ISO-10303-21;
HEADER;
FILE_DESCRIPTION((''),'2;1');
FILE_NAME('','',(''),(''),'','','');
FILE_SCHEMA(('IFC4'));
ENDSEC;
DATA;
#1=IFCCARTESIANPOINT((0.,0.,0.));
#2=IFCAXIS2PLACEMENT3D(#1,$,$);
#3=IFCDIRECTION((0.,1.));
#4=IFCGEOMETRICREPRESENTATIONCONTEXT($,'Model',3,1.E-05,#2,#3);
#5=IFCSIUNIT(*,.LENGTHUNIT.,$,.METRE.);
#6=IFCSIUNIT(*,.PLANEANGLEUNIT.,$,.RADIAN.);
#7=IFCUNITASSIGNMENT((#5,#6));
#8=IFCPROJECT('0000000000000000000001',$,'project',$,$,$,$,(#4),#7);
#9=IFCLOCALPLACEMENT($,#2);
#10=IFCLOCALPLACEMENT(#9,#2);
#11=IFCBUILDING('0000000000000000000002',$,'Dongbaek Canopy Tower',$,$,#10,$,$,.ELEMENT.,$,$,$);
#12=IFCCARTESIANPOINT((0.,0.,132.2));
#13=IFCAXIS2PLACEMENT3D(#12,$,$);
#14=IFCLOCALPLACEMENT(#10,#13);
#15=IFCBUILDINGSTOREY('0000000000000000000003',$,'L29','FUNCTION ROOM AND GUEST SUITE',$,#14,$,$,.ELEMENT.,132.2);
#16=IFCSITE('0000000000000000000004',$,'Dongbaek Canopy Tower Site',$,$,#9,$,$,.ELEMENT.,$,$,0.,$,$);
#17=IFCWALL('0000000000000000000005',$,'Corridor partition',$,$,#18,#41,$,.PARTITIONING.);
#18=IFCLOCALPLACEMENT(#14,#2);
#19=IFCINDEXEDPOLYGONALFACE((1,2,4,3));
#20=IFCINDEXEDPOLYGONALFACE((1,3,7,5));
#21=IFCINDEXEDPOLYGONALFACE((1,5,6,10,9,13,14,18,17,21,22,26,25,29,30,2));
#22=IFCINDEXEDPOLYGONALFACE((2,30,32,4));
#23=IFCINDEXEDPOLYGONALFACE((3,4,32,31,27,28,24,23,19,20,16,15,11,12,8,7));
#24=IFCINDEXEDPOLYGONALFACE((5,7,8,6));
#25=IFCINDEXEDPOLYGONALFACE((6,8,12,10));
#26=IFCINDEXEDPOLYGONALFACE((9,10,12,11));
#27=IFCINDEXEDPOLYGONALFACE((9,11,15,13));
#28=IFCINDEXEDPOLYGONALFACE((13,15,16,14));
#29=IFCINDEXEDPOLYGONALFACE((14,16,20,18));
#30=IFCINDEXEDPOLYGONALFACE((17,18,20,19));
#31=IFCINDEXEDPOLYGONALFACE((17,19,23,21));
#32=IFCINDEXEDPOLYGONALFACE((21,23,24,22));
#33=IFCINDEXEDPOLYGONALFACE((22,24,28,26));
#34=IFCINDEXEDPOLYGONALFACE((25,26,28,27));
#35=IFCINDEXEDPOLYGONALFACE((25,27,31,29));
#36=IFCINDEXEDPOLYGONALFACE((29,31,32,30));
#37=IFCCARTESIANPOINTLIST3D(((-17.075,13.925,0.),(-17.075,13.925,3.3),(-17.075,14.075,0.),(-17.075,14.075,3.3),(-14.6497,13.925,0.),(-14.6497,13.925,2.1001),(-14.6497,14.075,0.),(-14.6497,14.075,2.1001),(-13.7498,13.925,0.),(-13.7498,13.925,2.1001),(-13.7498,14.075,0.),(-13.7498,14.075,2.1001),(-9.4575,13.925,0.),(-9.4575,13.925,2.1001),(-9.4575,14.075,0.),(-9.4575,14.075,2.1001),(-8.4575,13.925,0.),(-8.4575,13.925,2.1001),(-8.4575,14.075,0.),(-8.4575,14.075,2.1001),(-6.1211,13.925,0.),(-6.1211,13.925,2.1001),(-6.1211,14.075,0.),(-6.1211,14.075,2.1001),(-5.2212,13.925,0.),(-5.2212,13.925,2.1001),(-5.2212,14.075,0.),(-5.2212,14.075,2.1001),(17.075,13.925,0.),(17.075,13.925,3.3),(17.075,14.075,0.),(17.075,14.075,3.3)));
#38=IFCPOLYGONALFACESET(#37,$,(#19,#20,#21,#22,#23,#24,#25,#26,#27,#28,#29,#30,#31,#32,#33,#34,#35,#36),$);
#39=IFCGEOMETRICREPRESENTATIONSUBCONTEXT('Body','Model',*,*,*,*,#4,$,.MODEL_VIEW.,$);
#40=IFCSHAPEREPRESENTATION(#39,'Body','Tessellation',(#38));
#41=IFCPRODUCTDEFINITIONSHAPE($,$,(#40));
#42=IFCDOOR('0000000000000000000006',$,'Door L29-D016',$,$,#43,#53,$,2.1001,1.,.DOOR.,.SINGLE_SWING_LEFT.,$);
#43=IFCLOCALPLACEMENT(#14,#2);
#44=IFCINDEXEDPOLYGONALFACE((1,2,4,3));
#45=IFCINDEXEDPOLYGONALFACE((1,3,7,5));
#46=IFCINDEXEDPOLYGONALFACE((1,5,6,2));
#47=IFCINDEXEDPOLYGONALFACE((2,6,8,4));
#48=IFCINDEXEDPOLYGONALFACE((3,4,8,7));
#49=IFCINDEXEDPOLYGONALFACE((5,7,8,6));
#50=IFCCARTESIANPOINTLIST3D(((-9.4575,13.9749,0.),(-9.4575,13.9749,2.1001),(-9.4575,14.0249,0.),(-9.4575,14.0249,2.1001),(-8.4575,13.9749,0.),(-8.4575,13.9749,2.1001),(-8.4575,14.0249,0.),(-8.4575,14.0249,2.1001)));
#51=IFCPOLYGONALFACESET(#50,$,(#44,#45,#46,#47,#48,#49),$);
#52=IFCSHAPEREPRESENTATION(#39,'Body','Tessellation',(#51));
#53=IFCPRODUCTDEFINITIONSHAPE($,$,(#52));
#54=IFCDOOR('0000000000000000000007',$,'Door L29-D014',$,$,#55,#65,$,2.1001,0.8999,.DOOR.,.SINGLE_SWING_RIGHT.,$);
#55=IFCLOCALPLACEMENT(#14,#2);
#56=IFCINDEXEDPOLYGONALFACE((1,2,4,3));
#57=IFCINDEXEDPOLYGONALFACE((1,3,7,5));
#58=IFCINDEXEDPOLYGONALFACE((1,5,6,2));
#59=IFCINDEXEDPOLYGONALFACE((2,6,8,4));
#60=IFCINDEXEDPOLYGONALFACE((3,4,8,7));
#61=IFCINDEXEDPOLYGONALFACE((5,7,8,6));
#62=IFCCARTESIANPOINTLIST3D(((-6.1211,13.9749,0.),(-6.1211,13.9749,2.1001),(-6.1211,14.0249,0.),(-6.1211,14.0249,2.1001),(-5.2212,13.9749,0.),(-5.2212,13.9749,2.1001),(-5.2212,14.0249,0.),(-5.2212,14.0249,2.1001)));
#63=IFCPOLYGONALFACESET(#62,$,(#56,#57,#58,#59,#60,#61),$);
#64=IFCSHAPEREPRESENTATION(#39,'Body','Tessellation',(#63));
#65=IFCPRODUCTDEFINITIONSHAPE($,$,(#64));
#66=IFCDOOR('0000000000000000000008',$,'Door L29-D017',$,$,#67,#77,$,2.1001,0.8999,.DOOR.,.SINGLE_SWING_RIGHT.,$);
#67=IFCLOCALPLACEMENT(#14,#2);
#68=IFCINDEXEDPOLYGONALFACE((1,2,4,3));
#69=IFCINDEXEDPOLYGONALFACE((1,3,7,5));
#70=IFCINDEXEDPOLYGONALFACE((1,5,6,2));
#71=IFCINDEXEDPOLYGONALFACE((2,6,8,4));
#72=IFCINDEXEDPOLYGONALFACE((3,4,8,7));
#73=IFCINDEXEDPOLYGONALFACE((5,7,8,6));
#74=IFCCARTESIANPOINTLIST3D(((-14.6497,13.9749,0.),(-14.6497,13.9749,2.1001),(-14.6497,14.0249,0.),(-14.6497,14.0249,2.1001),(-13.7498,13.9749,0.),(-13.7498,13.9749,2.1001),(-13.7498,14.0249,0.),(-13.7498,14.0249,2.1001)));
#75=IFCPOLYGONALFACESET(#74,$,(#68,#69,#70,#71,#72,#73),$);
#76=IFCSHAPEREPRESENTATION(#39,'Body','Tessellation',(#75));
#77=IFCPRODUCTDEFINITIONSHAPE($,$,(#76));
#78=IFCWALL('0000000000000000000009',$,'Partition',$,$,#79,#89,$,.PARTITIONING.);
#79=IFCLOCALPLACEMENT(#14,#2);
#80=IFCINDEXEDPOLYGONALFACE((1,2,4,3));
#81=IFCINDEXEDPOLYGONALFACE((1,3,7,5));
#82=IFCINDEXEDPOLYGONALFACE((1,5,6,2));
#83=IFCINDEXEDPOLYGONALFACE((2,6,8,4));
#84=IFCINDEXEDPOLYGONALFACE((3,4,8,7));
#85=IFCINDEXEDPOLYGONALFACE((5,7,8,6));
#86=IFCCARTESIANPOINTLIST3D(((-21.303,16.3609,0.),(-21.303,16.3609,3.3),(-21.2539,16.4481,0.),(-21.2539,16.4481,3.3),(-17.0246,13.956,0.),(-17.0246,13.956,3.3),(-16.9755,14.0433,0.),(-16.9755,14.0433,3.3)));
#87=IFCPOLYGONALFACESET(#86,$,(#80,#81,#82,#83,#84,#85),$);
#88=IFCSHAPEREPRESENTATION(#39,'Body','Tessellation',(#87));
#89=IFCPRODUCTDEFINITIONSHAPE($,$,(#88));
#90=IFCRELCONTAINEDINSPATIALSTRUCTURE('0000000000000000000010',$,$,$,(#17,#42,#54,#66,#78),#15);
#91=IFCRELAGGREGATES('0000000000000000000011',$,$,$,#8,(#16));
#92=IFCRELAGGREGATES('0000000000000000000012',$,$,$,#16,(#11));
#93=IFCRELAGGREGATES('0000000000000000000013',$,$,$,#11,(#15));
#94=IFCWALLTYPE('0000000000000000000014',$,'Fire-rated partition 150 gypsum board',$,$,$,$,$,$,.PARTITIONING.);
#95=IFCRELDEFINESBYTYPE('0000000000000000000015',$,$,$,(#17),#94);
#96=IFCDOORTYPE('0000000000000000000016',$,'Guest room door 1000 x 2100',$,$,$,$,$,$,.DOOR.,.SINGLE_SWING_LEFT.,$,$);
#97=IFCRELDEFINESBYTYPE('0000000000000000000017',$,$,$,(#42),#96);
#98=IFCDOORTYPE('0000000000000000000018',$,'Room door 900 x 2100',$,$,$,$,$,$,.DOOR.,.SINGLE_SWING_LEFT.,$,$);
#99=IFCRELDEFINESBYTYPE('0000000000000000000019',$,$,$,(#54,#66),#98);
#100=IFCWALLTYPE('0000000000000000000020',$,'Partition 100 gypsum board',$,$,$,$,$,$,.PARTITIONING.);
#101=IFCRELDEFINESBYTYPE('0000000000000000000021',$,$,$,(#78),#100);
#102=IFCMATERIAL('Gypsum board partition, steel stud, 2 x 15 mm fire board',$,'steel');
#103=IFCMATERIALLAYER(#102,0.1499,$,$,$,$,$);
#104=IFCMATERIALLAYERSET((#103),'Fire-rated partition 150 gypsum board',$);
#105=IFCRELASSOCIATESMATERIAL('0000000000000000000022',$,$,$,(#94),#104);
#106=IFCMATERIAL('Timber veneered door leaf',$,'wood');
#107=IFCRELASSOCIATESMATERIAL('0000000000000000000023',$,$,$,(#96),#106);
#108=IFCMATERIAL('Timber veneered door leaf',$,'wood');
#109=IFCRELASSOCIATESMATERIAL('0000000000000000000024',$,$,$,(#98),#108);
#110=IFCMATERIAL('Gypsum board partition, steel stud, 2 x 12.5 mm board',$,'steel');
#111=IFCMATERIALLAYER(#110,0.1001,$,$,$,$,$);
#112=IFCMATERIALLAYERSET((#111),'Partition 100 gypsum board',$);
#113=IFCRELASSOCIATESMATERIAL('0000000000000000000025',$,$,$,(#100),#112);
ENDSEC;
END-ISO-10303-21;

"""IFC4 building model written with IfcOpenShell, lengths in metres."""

from ifc_helpers import new_model, si_unit, direction, frame, frame_2d, origin, place, context, subcontext, project, spatial, rectangle, extrude, material, layer, layer_set, type_object, element, fill, save


model = new_model("IFC4")

# Units and contexts
model_context = context("Model", 3, precision=1e-05, world=origin(), true_north=direction((0.0, 1.0)))
body_context = subcontext(model_context, "Body", "Model", "MODEL_VIEW")
ifc_project = project(units=[si_unit("LENGTHUNIT", "METRE"), si_unit("PLANEANGLEUNIT", "RADIAN")], contexts=[model_context])

# Site, building, storey
site_placement = place(None, origin())
site = spatial("IfcSite", under=ifc_project, at=site_placement, Name="Dongbaek Canopy Tower Site", CompositionType="ELEMENT", RefElevation=0.0)
building_placement = place(site_placement, origin())
building = spatial("IfcBuilding", under=site, at=building_placement, Name="Dongbaek Canopy Tower", CompositionType="ELEMENT")
storey_placement = place(building_placement, frame((0.0, 0.0, 132.2)))
storey = spatial("IfcBuildingStorey", under=building, at=storey_placement, Name="L29", Description="FUNCTION ROOM AND GUEST SUITE", CompositionType="ELEMENT", Elevation=132.2)

# Wall, openings, doors
ifc_material_1 = material(Name="Gypsum board partition, steel stud, 2 x 15 mm fire board", Category="steel")
ifc_layer_1 = layer(ifc_material_1, 0.1499)
ifc_layer_set_1 = layer_set([ifc_layer_1], Name="Fire-rated partition 150 gypsum board")
wall_type_1 = type_object("IfcWallType", Name="Fire-rated partition 150 gypsum board", PredefinedType="PARTITIONING", material=ifc_layer_set_1)
wall_1_placement = place(storey_placement, frame((-17.075, 14.0, 0.0), z_axis=(0.0, 0.0, 1.0), x_axis=(1.0, 0.0, 0.0)))
wall_1 = element("IfcWall", 1, at=wall_1_placement, inside=storey, type_object=wall_type_1, Name="Corridor partition", PredefinedType="PARTITIONING", context=body_context, shape_type="SweptSolid", body=[
    extrude(rectangle(XDim=34.1499, YDim=0.1499, at=frame_2d((17.075, 0.0))), origin(), (0.0, 0.0, 1.0), 3.3),
])
opening_1_placement = place(wall_1_placement, frame((10.9539, 0.0, 0.0)))
opening_1 = element("IfcOpeningElement", 2, at=opening_1_placement, cuts=wall_1, PredefinedType="OPENING", context=body_context, shape_type="SweptSolid", body=[
    extrude(rectangle(XDim=0.8999, YDim=2.1001, at=frame_2d((0.45, 1.05))), frame((0.0, 0.085, 0.0), z_axis=(0.0, -1.0, 0.0), x_axis=(1.0, 0.0, 0.0)), (0.0, 0.0, 1.0), 0.1699),
])
opening_2_placement = place(wall_1_placement, frame((7.6174, 0.0, 0.0)))
opening_2 = element("IfcOpeningElement", 3, at=opening_2_placement, cuts=wall_1, PredefinedType="OPENING", context=body_context, shape_type="SweptSolid", body=[
    extrude(rectangle(XDim=1.0, YDim=2.1001, at=frame_2d((0.5, 1.05))), frame((0.0, 0.085, 0.0), z_axis=(0.0, -1.0, 0.0), x_axis=(1.0, 0.0, 0.0)), (0.0, 0.0, 1.0), 0.1699),
])
opening_3_placement = place(wall_1_placement, frame((2.4253, 0.0, 0.0)))
opening_3 = element("IfcOpeningElement", 4, at=opening_3_placement, cuts=wall_1, PredefinedType="OPENING", context=body_context, shape_type="SweptSolid", body=[
    extrude(rectangle(XDim=0.8999, YDim=2.1001, at=frame_2d((0.45, 1.05))), frame((0.0, 0.085, 0.0), z_axis=(0.0, -1.0, 0.0), x_axis=(1.0, 0.0, 0.0)), (0.0, 0.0, 1.0), 0.1699),
])
ifc_material_2 = material(Name="Timber veneered door leaf", Category="wood")
door_type_1 = type_object("IfcDoorType", Name="Guest room door 1000 x 2100", OperationType="SINGLE_SWING_LEFT", PredefinedType="DOOR", material=ifc_material_2)
door_1_placement = place(opening_2_placement, origin())
door_1 = element("IfcDoor", 5, at=door_1_placement, inside=storey, type_object=door_type_1, Name="Door L29-D016", OperationType="SINGLE_SWING_LEFT", OverallHeight=2.1001, OverallWidth=1.0, PredefinedType="DOOR", context=body_context, shape_type="SweptSolid", body=[
    extrude(rectangle(XDim=1.0, YDim=2.1001, at=frame_2d((0.5, 1.05))), frame((0.0, 0.0249, 0.0), z_axis=(0.0, -1.0, 0.0), x_axis=(1.0, 0.0, 0.0)), (0.0, 0.0, 1.0), 0.05),
])
fill(opening_2, door_1)
ifc_material_3 = material(Name="Timber veneered door leaf", Category="wood")
door_type_2 = type_object("IfcDoorType", Name="Room door 900 x 2100", OperationType="SINGLE_SWING_LEFT", PredefinedType="DOOR", material=ifc_material_3)
door_2_placement = place(opening_1_placement, origin())
door_2 = element("IfcDoor", 6, at=door_2_placement, inside=storey, type_object=door_type_2, Name="Door L29-D014", OperationType="SINGLE_SWING_RIGHT", OverallHeight=2.1001, OverallWidth=0.8999, PredefinedType="DOOR", context=body_context, shape_type="SweptSolid", body=[
    extrude(rectangle(XDim=0.8999, YDim=2.1001, at=frame_2d((0.45, 1.05))), frame((0.0, 0.0249, 0.0), z_axis=(0.0, -1.0, 0.0), x_axis=(1.0, 0.0, 0.0)), (0.0, 0.0, 1.0), 0.05),
])
fill(opening_1, door_2)
door_3_placement = place(opening_3_placement, origin())
door_3 = element("IfcDoor", 7, at=door_3_placement, inside=storey, type_object=door_type_2, Name="Door L29-D017", OperationType="SINGLE_SWING_RIGHT", OverallHeight=2.1001, OverallWidth=0.8999, PredefinedType="DOOR", context=body_context, shape_type="SweptSolid", body=[
    extrude(rectangle(XDim=0.8999, YDim=2.1001, at=frame_2d((0.45, 1.05))), frame((0.0, 0.0249, 0.0), z_axis=(0.0, -1.0, 0.0), x_axis=(1.0, 0.0, 0.0)), (0.0, 0.0, 1.0), 0.05),
])
fill(opening_3, door_3)

# Wall
ifc_material_4 = material(Name="Gypsum board partition, steel stud, 2 x 12.5 mm board", Category="steel")
ifc_layer_2 = layer(ifc_material_4, 0.1001)
ifc_layer_set_2 = layer_set([ifc_layer_2], Name="Partition 100 gypsum board")
wall_type_2 = type_object("IfcWallType", Name="Partition 100 gypsum board", PredefinedType="PARTITIONING", material=ifc_layer_set_2)
wall_2_placement = place(storey_placement, frame((-21.2786, 16.4045, 0.0), z_axis=(0.0, 0.0, 1.0), x_axis=(0.87173, -0.489987, 0.0)))
element("IfcWall", 8, at=wall_2_placement, inside=storey, type_object=wall_type_2, Name="Partition", PredefinedType="PARTITIONING", context=body_context, shape_type="SweptSolid", body=[
    extrude(rectangle(XDim=4.908, YDim=0.1001, at=frame_2d((2.4541, 0.0))), origin(), (0.0, 0.0, 1.0), 3.3),
])

save(model, "model.ifc")
